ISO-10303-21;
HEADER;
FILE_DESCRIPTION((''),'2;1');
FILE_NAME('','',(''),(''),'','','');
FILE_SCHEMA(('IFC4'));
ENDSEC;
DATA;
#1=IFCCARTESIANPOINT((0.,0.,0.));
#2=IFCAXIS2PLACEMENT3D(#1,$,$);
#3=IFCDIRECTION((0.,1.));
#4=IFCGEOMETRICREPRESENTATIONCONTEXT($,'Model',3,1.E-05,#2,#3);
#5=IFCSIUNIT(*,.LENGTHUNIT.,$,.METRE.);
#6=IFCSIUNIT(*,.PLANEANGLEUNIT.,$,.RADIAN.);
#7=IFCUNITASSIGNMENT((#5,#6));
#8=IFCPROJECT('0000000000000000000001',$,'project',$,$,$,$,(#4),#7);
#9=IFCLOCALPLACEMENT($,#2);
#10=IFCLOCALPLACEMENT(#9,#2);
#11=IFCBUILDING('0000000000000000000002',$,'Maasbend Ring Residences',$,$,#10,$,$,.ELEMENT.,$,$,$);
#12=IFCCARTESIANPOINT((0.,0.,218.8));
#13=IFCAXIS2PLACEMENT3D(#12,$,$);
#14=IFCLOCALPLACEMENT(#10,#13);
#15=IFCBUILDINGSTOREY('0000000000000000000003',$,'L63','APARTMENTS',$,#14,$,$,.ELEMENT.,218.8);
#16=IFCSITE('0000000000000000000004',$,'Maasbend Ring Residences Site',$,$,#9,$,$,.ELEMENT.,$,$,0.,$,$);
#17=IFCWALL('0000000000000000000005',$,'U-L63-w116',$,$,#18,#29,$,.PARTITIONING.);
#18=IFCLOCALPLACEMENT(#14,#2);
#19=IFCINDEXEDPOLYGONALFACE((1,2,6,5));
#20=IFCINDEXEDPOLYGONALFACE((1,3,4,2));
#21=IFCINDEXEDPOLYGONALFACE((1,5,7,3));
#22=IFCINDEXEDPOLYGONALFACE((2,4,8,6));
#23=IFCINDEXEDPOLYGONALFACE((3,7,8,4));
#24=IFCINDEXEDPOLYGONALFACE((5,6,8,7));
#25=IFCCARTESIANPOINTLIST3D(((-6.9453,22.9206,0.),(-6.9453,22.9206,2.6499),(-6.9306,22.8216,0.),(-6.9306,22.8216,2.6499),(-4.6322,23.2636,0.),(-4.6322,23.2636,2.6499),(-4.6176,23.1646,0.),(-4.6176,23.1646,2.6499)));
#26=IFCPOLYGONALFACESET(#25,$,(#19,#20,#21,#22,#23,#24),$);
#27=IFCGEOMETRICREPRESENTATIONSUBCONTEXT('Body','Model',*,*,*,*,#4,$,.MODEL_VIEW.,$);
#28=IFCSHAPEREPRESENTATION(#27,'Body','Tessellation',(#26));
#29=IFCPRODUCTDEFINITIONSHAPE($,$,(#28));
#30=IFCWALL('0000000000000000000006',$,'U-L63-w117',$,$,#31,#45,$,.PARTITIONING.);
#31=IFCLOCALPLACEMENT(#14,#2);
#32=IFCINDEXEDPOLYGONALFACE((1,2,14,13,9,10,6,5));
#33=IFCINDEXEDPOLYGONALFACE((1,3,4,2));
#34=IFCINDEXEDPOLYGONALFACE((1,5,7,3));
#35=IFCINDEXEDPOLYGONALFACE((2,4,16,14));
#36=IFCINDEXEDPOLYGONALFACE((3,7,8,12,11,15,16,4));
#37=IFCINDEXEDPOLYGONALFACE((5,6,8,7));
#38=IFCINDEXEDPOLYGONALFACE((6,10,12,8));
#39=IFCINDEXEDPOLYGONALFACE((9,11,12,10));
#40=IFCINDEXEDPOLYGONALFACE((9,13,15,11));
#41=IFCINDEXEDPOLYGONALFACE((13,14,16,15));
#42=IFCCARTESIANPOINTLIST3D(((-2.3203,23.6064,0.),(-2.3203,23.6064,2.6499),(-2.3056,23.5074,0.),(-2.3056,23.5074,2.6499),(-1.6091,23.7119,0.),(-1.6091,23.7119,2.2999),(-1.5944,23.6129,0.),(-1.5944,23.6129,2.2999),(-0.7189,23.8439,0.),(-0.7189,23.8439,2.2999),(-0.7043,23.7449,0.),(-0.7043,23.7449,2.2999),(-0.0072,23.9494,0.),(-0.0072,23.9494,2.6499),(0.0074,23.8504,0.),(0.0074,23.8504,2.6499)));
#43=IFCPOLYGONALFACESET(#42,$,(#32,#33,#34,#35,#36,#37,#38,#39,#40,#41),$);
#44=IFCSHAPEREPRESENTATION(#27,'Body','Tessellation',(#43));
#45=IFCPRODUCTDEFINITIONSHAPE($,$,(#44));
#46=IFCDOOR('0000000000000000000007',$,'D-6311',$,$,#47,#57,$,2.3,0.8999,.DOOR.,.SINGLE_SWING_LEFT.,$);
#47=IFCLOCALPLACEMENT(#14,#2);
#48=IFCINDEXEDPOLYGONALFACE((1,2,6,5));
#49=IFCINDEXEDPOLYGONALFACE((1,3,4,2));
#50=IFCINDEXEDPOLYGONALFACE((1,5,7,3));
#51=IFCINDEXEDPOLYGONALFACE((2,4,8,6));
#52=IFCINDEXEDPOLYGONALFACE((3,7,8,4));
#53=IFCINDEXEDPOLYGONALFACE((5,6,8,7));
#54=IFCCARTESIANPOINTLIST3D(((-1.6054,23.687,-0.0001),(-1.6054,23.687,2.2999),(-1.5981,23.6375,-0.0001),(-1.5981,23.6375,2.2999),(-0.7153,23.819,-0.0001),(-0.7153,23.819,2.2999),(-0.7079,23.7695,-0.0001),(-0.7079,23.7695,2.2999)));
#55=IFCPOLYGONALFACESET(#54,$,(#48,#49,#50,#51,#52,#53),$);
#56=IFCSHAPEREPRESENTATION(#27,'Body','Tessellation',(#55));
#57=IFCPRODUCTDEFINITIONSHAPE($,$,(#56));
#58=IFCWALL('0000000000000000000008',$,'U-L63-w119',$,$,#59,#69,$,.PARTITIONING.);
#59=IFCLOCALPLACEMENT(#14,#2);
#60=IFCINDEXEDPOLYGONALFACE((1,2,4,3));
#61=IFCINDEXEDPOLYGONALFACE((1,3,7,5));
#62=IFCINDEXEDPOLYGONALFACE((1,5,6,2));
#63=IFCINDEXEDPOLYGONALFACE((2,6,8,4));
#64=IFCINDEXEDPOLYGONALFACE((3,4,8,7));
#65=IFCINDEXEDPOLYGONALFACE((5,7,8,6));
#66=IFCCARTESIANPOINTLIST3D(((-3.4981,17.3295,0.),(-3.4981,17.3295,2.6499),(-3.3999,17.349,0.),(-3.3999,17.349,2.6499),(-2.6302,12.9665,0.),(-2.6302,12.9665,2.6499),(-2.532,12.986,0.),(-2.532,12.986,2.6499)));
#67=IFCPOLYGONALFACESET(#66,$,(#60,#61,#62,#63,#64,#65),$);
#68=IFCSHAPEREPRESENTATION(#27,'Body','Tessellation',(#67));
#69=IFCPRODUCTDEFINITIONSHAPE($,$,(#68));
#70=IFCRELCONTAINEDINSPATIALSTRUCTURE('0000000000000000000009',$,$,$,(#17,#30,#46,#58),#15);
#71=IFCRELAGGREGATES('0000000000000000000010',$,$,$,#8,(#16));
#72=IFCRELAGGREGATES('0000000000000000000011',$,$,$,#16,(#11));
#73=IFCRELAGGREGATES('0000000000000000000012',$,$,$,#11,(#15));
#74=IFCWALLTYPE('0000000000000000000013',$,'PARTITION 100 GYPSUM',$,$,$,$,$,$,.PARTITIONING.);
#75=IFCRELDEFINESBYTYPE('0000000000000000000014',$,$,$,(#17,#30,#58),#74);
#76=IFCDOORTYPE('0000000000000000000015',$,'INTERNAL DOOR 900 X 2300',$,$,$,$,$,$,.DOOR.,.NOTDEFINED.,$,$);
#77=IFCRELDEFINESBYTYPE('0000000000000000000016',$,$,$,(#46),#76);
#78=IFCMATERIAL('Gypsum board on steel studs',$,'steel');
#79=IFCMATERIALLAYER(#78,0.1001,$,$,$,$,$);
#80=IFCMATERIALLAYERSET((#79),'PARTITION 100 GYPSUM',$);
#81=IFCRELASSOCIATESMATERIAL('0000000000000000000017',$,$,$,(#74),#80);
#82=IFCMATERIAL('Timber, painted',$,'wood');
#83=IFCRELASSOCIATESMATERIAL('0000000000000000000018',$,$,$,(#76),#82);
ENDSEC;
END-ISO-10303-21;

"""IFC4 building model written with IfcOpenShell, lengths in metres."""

from ifc_helpers import new_model, si_unit, direction, frame, frame_2d, origin, place, context, subcontext, project, spatial, rectangle, extrude, material, layer, layer_set, type_object, element, fill, save


model = new_model("IFC4")

# Units and contexts
model_context = context("Model", 3, precision=1e-05, world=origin(), true_north=direction((0.0, 1.0)))
body_context = subcontext(model_context, "Body", "Model", "MODEL_VIEW")
ifc_project = project(units=[si_unit("LENGTHUNIT", "METRE"), si_unit("PLANEANGLEUNIT", "RADIAN")], contexts=[model_context])

# Site, building, storey
site_placement = place(None, origin())
site = spatial("IfcSite", under=ifc_project, at=site_placement, Name="Maasbend Ring Residences Site", CompositionType="ELEMENT", RefElevation=0.0)
building_placement = place(site_placement, origin())
building = spatial("IfcBuilding", under=site, at=building_placement, Name="Maasbend Ring Residences", CompositionType="ELEMENT")
storey_placement = place(building_placement, frame((0.0, 0.0, 218.8)))
storey = spatial("IfcBuildingStorey", under=building, at=storey_placement, Name="L63", Description="APARTMENTS", CompositionType="ELEMENT", Elevation=218.8)

# Shared definitions
ifc_material_1 = material(Name="Gypsum board on steel studs", Category="steel")
ifc_layer_1 = layer(ifc_material_1, 0.1001)
ifc_layer_set_1 = layer_set([ifc_layer_1], Name="PARTITION 100 GYPSUM")
wall_type_1 = type_object("IfcWallType", Name="PARTITION 100 GYPSUM", PredefinedType="PARTITIONING", material=ifc_layer_set_1)
ifc_material_2 = material(Name="Timber, painted", Category="wood")
door_type_1 = type_object("IfcDoorType", Name="INTERNAL DOOR 900 X 2300", OperationType="NOTDEFINED", PredefinedType="DOOR", material=ifc_material_2)

# Wall
wall_1_placement = place(storey_placement, frame((-6.938, 22.8711, 0.0), z_axis=(0.0, 0.0, 1.0), x_axis=(0.989182, 0.146696, 0.0)))
element("IfcWall", 1, at=wall_1_placement, inside=storey, type_object=wall_type_1, Name="U-L63-w116", PredefinedType="PARTITIONING", context=body_context, shape_type="SweptSolid", body=[
    extrude(rectangle(XDim=2.3384, YDim=0.1001, at=frame_2d((1.1692, 0.0))), origin(), (0.0, 0.0, 1.0), 2.6499),
])

# Wall, opening, door
wall_2_placement = place(storey_placement, frame((-2.313, 23.5569, 0.0), z_axis=(0.0, 0.0, 1.0), x_axis=(0.989182, 0.146696, 0.0)))
wall_2 = element("IfcWall", 2, at=wall_2_placement, inside=storey, type_object=wall_type_1, Name="U-L63-w117", PredefinedType="PARTITIONING", context=body_context, shape_type="SweptSolid", body=[
    extrude(rectangle(XDim=2.3384, YDim=0.1001, at=frame_2d((1.1692, 0.0))), origin(), (0.0, 0.0, 1.0), 2.6499),
])
opening_1_placement = place(wall_2_placement, frame((0.719, 0.0, 0.0)))
opening_1 = element("IfcOpeningElement", 3, at=opening_1_placement, cuts=wall_2, PredefinedType="OPENING", context=body_context, shape_type="SweptSolid", body=[
    extrude(rectangle(XDim=0.8999, YDim=2.3, at=frame_2d((0.45, 1.1499))), frame((0.0, 0.0601, 0.0), z_axis=(0.0, -1.0, 0.0), x_axis=(1.0, 0.0, 0.0)), (0.0, 0.0, 1.0), 0.1201),
])
door_1_placement = place(opening_1_placement, origin())
door_1 = element("IfcDoor", 4, at=door_1_placement, inside=storey, type_object=door_type_1, Name="D-6311", OperationType="SINGLE_SWING_LEFT", OverallHeight=2.3, OverallWidth=0.8999, PredefinedType="DOOR", context=body_context, shape_type="SweptSolid", body=[
    extrude(rectangle(XDim=0.8999, YDim=2.3, at=frame_2d((0.45, 1.1499))), frame((0.0, 0.0249, 0.0), z_axis=(0.0, -1.0, 0.0), x_axis=(1.0, 0.0, 0.0)), (0.0, 0.0, 1.0), 0.05),
])
fill(opening_1, door_1)

# Wall
wall_3_placement = place(storey_placement, frame((-3.449, 17.3391, 0.0), z_axis=(0.0, 0.0, 1.0), x_axis=(0.195103, -0.980783, 0.0)))
element("IfcWall", 5, at=wall_3_placement, inside=storey, type_object=wall_type_1, Name="U-L63-w119", PredefinedType="PARTITIONING", context=body_context, shape_type="SweptSolid", body=[
    extrude(rectangle(XDim=4.4485, YDim=0.1001, at=frame_2d((2.2241, 0.0))), origin(), (0.0, 0.0, 1.0), 2.6499),
])

save(model, "model.ifc")
